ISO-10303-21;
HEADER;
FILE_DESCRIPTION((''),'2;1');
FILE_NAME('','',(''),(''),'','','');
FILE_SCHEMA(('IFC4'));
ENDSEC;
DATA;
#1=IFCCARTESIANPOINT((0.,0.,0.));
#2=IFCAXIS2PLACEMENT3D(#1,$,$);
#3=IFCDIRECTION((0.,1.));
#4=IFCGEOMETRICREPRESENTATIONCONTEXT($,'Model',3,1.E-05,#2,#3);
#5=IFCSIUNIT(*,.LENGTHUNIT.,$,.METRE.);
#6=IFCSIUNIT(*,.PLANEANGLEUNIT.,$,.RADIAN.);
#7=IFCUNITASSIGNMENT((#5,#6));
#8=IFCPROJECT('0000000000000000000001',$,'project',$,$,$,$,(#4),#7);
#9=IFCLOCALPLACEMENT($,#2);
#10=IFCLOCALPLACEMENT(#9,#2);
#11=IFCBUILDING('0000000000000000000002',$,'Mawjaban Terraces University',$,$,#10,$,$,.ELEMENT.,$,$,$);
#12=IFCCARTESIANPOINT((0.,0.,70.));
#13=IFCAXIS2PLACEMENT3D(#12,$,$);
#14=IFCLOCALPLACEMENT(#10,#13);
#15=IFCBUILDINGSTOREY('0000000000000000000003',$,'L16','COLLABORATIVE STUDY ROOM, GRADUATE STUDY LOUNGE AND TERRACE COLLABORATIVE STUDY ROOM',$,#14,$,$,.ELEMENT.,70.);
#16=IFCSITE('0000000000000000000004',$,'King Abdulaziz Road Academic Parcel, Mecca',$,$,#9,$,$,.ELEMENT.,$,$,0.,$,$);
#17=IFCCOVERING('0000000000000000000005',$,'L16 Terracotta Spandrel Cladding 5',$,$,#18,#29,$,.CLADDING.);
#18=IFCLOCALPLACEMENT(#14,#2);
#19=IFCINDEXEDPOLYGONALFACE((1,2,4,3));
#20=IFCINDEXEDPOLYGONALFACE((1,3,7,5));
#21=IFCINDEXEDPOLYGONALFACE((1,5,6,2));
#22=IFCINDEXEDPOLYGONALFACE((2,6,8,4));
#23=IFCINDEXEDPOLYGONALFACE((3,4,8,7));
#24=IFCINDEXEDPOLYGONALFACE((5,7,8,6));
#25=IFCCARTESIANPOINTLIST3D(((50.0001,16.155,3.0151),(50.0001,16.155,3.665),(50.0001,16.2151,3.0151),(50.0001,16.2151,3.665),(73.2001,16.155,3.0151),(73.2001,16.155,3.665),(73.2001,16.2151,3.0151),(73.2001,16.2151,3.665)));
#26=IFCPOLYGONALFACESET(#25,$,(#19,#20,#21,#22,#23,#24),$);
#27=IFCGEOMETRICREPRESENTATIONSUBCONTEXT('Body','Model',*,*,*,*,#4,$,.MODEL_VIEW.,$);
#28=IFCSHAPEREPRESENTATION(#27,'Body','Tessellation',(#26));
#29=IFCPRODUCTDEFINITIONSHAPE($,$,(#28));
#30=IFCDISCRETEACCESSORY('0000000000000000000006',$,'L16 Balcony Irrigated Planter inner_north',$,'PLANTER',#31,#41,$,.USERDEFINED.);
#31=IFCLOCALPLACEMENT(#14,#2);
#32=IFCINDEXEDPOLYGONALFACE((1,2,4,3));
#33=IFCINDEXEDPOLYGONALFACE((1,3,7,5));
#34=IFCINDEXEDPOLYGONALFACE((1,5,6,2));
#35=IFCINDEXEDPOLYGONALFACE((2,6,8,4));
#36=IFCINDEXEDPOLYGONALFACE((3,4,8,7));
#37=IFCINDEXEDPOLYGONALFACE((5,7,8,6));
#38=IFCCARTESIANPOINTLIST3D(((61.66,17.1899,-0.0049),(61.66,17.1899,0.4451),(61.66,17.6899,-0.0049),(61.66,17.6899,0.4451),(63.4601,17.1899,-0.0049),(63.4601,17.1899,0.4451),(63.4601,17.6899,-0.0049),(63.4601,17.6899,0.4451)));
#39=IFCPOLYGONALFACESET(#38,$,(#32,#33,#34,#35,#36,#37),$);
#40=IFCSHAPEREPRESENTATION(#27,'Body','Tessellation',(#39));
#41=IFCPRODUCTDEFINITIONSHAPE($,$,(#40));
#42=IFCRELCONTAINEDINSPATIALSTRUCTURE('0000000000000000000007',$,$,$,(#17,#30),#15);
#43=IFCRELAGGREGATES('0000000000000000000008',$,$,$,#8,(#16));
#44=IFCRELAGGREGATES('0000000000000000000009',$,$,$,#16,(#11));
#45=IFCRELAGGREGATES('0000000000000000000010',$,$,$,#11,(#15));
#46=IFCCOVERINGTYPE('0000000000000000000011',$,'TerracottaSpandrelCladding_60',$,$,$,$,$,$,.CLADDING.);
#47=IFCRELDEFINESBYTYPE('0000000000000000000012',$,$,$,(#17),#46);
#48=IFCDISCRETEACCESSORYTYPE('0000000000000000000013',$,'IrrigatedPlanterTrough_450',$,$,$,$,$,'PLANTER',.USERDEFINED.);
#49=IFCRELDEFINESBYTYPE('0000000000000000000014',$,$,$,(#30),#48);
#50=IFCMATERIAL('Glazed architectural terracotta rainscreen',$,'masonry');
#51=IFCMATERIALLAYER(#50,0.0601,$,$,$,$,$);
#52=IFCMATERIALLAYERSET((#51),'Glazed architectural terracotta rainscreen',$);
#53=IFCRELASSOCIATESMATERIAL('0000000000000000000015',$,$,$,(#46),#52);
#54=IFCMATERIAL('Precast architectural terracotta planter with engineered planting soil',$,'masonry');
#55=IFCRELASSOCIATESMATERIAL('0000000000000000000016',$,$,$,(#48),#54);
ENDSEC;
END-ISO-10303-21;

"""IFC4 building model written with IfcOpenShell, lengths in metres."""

from ifc_helpers import new_model, si_unit, direction, frame, origin, origin_2d, place, context, subcontext, project, spatial, rectangle, extrude, material, layer, layer_set, type_object, element, save


model = new_model("IFC4")

# Units and contexts
model_context = context("Model", 3, precision=1e-05, world=origin(), true_north=direction((0.0, 1.0)))
body_context = subcontext(model_context, "Body", "Model", "MODEL_VIEW")
ifc_project = project(units=[si_unit("LENGTHUNIT", "METRE"), si_unit("PLANEANGLEUNIT", "RADIAN")], contexts=[model_context])

# Site, building, storey
site_placement = place(None, origin())
site = spatial("IfcSite", under=ifc_project, at=site_placement, Name="King Abdulaziz Road Academic Parcel, Mecca", CompositionType="ELEMENT", RefElevation=0.0)
building_placement = place(site_placement, origin())
building = spatial("IfcBuilding", under=site, at=building_placement, Name="Mawjaban Terraces University", CompositionType="ELEMENT")
storey_placement = place(building_placement, frame((0.0, 0.0, 70.0)))
storey = spatial("IfcBuildingStorey", under=building, at=storey_placement, Name="L16", Description="COLLABORATIVE STUDY ROOM, GRADUATE STUDY LOUNGE AND TERRACE COLLABORATIVE STUDY ROOM", CompositionType="ELEMENT", Elevation=70.0)

# Covering
ifc_material_1 = material(Name="Glazed architectural terracotta rainscreen", Category="masonry")
ifc_layer_1 = layer(ifc_material_1, 0.0601)
ifc_layer_set_1 = layer_set([ifc_layer_1], Name="Glazed architectural terracotta rainscreen")
covering_type = type_object("IfcCoveringType", Name="TerracottaSpandrelCladding_60", PredefinedType="CLADDING", material=ifc_layer_set_1)
covering_placement = place(storey_placement, frame((61.6001, 16.1851, 3.0151), z_axis=(0.0, 0.0, 1.0), x_axis=(-1.0, 0.0, 0.0)))
element("IfcCovering", 1, at=covering_placement, inside=storey, type_object=covering_type, Name="L16 Terracotta Spandrel Cladding 5", PredefinedType="CLADDING", context=body_context, shape_type="SweptSolid", body=[
    extrude(rectangle(XDim=23.2, YDim=0.0601, at=origin_2d()), origin(), (0.0, 0.0, 1.0), 0.6499),
])

# Discrete accessory
ifc_material_2 = material(Name="Precast architectural terracotta planter with engineered planting soil", Category="masonry")
discrete_accessory_type = type_object("IfcDiscreteAccessoryType", Name="IrrigatedPlanterTrough_450", ElementType="PLANTER", PredefinedType="USERDEFINED", material=ifc_material_2)
discrete_accessory_placement = place(storey_placement, frame((62.5601, 17.4399, -0.0049), z_axis=(0.0, 0.0, 1.0), x_axis=(1.0, 0.0, 0.0)))
element("IfcDiscreteAccessory", 2, at=discrete_accessory_placement, inside=storey, type_object=discrete_accessory_type, Name="L16 Balcony Irrigated Planter inner_north", ObjectType="PLANTER", PredefinedType="USERDEFINED", context=body_context, shape_type="SweptSolid", body=[
    extrude(rectangle(XDim=1.8, YDim=0.5, at=origin_2d()), origin(), (0.0, 0.0, 1.0), 0.45),
])

save(model, "model.ifc")
